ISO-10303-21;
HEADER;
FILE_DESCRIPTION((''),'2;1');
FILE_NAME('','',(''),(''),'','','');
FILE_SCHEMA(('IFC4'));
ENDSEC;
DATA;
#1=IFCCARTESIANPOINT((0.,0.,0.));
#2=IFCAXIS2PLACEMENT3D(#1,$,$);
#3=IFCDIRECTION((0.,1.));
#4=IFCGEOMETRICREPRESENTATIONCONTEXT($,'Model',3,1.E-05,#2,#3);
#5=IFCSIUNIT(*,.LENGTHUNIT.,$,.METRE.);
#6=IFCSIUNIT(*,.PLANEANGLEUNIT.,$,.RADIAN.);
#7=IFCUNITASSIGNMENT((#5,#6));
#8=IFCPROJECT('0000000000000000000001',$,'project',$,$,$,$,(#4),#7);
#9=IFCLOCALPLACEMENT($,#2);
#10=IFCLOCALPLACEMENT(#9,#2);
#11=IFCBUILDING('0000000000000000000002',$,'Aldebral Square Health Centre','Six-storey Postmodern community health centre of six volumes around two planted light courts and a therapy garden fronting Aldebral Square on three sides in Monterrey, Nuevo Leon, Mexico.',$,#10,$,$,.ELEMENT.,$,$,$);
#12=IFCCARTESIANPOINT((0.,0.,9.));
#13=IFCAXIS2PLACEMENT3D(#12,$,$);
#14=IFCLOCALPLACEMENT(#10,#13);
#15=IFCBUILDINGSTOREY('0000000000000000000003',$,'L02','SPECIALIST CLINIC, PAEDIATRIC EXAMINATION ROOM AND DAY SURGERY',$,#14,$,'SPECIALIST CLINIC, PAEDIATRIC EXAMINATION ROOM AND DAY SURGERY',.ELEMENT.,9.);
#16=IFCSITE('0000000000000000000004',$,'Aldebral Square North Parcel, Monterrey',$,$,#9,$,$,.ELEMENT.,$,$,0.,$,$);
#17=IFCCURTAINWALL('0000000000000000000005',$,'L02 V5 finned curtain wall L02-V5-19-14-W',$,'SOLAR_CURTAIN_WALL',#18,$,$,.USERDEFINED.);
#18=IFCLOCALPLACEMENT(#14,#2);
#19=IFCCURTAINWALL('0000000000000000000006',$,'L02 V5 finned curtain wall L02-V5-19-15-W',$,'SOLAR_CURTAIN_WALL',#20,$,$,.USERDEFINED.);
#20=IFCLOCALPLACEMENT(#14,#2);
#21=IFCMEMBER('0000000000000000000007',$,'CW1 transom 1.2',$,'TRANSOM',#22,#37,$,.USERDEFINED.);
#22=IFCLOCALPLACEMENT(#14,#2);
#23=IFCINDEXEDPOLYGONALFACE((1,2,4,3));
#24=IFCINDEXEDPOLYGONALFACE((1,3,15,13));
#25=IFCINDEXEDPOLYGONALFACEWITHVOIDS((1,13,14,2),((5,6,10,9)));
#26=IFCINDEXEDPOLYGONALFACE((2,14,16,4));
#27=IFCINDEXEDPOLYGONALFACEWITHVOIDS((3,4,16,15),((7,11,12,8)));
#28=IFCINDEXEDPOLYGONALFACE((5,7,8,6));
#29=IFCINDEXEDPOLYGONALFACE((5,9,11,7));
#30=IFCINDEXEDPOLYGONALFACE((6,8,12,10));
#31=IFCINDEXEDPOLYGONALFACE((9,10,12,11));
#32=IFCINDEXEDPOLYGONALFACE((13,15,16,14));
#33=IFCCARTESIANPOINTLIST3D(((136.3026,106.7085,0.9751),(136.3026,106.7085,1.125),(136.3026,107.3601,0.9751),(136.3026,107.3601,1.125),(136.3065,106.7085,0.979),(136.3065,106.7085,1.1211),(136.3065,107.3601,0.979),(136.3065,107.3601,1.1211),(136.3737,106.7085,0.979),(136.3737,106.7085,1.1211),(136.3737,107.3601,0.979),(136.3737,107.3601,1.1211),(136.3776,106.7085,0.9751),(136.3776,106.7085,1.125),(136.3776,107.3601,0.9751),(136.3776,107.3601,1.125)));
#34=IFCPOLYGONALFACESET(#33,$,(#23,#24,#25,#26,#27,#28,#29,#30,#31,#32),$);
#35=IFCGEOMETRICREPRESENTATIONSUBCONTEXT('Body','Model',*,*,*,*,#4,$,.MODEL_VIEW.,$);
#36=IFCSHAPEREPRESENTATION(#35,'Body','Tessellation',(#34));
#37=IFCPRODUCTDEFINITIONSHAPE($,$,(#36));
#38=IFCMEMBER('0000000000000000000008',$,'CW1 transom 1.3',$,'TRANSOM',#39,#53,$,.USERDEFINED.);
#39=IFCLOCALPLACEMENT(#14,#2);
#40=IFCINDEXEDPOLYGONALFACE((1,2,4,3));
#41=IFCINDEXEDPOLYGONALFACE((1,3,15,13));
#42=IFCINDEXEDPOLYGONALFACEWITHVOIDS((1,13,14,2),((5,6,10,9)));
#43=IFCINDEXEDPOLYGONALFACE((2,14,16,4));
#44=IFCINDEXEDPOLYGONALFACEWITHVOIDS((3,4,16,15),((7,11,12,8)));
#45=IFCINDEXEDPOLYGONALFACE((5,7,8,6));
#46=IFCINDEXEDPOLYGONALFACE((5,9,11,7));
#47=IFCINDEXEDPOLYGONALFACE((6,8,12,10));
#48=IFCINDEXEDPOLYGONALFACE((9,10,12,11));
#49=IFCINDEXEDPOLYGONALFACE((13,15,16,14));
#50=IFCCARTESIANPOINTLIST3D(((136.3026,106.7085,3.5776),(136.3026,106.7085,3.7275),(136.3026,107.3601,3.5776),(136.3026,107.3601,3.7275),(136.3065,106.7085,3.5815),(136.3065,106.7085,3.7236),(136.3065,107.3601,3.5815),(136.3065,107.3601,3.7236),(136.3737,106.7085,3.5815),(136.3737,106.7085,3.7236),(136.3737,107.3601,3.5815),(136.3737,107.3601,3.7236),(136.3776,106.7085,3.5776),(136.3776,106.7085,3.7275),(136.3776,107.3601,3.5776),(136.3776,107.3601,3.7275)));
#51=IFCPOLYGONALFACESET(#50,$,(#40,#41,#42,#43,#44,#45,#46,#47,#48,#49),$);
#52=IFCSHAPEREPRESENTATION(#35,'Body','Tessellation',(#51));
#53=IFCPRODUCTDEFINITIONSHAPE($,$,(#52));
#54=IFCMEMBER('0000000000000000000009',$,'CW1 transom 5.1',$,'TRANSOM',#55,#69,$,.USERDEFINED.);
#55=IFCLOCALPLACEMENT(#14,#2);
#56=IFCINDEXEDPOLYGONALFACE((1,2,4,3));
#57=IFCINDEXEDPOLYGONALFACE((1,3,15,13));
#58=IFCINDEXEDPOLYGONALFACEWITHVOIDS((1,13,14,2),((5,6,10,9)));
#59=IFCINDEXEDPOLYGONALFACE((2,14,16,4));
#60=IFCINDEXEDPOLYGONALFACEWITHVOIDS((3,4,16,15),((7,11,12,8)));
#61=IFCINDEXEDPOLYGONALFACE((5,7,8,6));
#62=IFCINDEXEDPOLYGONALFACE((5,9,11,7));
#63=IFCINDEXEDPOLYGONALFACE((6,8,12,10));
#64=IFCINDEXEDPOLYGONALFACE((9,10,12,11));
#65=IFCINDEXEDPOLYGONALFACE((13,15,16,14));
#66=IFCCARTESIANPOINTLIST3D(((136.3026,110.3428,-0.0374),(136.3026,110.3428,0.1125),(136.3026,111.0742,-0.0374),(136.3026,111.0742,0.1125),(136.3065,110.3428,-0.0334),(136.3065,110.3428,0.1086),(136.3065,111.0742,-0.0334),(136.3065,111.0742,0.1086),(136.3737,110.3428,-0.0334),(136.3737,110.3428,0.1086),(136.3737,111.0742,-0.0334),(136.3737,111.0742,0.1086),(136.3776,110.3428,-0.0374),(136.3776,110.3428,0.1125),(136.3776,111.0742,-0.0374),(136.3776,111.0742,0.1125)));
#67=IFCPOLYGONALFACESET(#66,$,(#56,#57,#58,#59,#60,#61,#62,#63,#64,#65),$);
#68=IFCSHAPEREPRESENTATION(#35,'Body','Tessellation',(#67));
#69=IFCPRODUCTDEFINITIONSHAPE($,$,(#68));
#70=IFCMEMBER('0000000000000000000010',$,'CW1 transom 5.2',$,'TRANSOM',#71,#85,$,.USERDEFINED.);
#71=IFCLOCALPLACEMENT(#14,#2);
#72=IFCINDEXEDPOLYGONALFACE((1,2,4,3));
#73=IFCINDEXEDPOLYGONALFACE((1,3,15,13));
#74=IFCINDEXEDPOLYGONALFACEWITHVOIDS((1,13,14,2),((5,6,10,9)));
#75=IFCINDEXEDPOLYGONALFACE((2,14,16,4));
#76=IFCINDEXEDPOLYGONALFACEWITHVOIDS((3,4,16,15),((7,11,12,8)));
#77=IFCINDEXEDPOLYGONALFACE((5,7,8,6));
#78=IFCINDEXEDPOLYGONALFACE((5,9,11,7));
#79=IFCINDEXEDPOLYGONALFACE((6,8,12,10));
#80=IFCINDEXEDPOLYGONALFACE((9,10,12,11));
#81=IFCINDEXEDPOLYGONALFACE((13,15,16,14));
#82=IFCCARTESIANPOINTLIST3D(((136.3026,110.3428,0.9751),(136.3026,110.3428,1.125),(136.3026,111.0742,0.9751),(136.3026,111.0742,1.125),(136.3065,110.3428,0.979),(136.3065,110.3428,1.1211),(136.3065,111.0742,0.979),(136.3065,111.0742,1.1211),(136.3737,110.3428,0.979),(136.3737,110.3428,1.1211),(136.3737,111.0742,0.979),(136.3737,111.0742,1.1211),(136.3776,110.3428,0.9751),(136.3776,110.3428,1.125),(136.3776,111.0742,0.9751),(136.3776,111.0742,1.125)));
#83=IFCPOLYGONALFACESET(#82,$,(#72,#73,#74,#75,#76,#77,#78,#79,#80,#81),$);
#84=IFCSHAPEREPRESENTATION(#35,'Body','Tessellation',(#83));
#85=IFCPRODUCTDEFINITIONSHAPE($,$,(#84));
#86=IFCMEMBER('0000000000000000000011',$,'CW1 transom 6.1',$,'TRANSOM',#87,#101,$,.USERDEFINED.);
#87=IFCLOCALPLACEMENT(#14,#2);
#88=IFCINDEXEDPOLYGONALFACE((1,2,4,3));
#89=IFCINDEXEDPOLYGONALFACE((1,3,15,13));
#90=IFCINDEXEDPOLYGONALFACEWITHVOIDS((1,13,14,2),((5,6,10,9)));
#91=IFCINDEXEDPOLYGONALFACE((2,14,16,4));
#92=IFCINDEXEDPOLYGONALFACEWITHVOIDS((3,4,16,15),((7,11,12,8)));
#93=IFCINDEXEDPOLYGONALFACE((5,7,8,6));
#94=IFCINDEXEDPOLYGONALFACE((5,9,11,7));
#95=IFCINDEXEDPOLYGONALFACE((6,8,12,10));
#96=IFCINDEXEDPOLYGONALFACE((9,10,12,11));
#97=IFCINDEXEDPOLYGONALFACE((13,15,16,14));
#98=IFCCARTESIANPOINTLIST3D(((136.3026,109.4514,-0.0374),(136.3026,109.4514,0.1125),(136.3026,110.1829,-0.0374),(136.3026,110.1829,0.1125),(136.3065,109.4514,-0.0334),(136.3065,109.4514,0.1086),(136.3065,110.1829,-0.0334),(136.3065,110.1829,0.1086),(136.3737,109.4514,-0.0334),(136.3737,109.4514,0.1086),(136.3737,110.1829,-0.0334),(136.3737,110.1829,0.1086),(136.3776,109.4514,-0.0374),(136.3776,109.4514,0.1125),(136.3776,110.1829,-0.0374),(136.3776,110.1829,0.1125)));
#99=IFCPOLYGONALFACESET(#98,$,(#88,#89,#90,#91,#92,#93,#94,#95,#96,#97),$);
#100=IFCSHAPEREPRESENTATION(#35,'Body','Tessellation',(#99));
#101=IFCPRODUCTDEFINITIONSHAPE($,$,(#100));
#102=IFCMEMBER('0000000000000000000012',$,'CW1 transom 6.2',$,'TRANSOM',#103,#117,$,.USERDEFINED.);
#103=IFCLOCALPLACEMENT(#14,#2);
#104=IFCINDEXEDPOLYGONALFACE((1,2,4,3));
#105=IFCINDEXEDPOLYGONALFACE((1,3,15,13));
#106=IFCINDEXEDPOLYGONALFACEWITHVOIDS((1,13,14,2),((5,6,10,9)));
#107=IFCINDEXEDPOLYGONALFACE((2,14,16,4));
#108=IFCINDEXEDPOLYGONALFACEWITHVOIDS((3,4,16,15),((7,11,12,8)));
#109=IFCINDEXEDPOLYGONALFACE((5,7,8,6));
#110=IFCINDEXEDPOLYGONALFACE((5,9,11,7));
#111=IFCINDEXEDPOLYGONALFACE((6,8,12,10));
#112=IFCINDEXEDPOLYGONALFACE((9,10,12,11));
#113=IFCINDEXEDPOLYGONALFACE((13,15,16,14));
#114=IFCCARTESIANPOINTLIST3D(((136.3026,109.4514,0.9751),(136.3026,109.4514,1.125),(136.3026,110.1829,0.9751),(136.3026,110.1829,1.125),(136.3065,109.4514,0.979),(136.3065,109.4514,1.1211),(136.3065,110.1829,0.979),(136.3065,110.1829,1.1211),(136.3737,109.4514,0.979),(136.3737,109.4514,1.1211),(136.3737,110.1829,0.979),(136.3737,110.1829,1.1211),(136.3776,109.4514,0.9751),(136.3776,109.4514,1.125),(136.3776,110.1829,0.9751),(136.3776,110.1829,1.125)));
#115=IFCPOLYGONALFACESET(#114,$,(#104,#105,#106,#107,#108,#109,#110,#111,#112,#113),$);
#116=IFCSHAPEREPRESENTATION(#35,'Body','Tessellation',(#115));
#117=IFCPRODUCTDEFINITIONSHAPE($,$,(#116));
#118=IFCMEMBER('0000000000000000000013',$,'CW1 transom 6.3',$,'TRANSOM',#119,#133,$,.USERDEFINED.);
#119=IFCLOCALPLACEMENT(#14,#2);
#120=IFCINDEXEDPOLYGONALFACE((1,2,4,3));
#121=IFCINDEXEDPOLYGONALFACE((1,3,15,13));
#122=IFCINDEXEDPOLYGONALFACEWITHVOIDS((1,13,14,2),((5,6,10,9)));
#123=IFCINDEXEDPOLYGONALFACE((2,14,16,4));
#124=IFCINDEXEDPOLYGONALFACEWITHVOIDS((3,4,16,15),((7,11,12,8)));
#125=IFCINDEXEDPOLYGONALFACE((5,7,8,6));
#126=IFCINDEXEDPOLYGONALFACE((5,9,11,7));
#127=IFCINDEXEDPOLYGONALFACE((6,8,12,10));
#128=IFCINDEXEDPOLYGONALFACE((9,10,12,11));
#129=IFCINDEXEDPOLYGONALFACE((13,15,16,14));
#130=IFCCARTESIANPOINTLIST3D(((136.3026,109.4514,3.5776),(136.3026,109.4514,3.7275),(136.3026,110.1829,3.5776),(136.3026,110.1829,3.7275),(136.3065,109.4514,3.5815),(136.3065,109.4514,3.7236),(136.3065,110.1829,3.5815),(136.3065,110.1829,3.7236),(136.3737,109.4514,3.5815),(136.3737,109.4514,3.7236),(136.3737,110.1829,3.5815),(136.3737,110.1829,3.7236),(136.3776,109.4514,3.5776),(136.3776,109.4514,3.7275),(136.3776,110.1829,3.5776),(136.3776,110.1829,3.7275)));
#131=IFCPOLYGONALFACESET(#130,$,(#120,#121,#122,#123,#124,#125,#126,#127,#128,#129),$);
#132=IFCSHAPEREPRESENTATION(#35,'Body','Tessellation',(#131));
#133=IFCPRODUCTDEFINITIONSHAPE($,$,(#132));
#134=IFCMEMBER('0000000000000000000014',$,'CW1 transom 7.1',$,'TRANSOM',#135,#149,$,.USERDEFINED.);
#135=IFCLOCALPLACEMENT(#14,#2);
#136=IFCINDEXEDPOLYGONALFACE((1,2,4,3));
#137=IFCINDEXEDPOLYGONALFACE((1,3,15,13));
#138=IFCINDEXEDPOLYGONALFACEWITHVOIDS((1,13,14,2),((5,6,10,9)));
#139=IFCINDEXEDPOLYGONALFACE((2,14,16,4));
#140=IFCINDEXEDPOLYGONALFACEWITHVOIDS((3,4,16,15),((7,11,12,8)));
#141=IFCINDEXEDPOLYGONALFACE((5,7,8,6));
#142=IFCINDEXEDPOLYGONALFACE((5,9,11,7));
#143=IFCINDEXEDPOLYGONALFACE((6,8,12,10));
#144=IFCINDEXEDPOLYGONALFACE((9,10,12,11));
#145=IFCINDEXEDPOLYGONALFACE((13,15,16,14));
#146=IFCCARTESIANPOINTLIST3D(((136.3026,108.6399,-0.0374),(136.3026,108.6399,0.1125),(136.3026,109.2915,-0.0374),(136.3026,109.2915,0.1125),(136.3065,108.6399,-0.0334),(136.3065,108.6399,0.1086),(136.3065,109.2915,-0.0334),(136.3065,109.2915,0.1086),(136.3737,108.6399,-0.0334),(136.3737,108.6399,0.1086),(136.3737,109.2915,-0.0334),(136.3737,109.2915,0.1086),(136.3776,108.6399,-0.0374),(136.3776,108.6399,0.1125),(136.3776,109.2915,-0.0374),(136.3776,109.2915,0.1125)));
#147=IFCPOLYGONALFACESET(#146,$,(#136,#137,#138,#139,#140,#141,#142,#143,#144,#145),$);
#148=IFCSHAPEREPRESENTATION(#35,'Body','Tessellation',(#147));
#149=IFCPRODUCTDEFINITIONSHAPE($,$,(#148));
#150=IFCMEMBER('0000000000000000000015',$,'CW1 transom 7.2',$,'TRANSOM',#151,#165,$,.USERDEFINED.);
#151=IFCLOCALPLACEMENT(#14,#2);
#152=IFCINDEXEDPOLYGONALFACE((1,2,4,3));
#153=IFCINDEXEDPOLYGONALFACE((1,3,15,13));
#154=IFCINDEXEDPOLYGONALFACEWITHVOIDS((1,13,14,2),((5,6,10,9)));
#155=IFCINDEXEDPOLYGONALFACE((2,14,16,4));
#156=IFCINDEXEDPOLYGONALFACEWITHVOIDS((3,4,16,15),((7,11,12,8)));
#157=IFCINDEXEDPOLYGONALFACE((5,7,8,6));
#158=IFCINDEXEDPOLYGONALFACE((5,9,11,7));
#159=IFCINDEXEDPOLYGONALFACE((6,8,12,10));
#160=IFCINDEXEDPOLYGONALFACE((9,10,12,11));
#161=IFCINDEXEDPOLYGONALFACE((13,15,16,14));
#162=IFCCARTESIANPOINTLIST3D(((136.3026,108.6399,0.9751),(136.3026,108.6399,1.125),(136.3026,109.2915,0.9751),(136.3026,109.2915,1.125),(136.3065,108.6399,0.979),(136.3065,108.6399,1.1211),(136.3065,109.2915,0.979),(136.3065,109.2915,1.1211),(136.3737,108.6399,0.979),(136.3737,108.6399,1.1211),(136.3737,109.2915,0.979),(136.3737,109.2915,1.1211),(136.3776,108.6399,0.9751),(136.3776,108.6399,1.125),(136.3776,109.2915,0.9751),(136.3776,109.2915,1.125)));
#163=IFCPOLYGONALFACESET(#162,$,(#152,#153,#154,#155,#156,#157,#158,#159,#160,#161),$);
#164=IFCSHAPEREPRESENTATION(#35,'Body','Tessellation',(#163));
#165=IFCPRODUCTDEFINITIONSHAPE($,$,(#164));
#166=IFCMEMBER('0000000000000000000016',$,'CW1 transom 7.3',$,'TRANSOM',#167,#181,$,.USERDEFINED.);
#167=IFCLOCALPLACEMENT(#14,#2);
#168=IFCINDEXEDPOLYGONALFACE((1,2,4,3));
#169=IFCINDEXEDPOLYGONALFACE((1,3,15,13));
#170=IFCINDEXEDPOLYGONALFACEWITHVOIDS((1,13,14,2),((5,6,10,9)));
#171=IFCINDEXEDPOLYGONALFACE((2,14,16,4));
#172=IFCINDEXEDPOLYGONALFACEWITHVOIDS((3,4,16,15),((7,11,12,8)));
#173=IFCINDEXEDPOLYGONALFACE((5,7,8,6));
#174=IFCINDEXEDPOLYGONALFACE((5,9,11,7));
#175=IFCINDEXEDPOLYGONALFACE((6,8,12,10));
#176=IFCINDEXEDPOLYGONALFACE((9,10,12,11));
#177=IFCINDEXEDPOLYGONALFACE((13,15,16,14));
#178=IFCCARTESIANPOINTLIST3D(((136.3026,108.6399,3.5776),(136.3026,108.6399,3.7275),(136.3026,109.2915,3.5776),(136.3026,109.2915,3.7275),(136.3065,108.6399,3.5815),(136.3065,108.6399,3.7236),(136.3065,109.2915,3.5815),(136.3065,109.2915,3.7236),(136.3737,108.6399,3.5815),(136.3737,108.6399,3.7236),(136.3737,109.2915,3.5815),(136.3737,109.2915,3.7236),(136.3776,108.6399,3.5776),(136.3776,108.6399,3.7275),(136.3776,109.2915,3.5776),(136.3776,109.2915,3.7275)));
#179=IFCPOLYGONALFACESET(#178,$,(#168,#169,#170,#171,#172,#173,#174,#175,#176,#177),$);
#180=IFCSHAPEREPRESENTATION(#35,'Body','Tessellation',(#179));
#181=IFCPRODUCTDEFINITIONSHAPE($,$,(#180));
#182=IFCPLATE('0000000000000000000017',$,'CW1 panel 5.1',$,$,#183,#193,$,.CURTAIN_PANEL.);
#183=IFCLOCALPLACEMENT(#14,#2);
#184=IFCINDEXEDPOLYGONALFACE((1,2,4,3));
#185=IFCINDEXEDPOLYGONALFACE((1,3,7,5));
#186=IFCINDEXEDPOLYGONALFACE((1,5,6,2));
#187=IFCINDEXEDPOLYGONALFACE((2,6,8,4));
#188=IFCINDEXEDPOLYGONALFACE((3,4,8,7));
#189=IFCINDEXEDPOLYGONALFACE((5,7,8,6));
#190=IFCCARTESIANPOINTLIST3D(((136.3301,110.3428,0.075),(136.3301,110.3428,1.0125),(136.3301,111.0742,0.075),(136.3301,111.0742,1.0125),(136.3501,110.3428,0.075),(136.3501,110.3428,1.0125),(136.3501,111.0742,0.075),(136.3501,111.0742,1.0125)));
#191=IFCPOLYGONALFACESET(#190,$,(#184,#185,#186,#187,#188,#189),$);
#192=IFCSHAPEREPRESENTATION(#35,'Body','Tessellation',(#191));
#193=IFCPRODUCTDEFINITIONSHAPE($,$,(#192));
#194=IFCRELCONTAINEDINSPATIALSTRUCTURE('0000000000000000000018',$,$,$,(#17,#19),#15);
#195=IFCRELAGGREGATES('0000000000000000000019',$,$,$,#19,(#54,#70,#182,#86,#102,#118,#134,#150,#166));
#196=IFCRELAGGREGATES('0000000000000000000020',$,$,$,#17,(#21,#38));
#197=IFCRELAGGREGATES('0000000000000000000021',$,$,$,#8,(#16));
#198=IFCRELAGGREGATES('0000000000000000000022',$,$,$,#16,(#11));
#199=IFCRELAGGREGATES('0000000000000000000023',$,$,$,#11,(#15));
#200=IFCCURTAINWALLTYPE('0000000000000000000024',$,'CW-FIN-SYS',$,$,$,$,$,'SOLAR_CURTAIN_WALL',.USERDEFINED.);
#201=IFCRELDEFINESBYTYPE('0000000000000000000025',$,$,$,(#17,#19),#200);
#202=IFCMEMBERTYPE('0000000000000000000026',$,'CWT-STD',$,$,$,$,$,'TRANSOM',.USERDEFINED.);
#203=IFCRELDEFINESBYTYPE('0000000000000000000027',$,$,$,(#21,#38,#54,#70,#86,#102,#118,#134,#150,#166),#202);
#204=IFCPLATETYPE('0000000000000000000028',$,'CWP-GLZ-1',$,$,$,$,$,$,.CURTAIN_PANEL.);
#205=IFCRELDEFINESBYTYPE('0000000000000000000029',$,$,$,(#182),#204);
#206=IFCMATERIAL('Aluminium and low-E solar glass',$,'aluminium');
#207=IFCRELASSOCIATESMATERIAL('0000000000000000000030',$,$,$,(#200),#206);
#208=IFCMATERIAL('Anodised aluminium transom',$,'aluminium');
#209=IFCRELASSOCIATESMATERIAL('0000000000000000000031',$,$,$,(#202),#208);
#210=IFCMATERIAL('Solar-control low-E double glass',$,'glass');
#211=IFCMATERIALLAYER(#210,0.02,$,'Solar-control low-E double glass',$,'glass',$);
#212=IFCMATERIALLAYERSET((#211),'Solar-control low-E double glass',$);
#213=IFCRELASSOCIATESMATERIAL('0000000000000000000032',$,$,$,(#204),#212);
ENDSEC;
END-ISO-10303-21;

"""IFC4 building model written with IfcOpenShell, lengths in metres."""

from ifc_helpers import new_model, si_unit, direction, frame, origin, origin_2d, place, context, subcontext, project, spatial, rectangle, hollow_rectangle, extrude, material, layer, layer_set, material_profile, profile_set, type_object, element, aggregate, save


model = new_model("IFC4")

# Units and contexts
model_context = context("Model", 3, precision=1e-05, world=origin(), true_north=direction((0.0, 1.0)))
body_context = subcontext(model_context, "Body", "Model", "MODEL_VIEW")
ifc_project = project(units=[si_unit("LENGTHUNIT", "METRE"), si_unit("PLANEANGLEUNIT", "RADIAN")], contexts=[model_context])

# Site, building, storey
site_placement = place(None, origin())
site = spatial("IfcSite", under=ifc_project, at=site_placement, Name="Aldebral Square North Parcel, Monterrey", CompositionType="ELEMENT", RefElevation=0.0)
building_placement = place(site_placement, origin())
building = spatial("IfcBuilding", under=site, at=building_placement, Name="Aldebral Square Health Centre", Description="Six-storey Postmodern community health centre of six volumes around two planted light courts and a therapy garden fronting Aldebral Square on three sides in Monterrey, Nuevo Leon, Mexico.", CompositionType="ELEMENT")
storey_placement = place(building_placement, frame((0.0, 0.0, 9.0)))
storey = spatial("IfcBuildingStorey", under=building, at=storey_placement, Name="L02", Description="SPECIALIST CLINIC, PAEDIATRIC EXAMINATION ROOM AND DAY SURGERY", LongName="SPECIALIST CLINIC, PAEDIATRIC EXAMINATION ROOM AND DAY SURGERY", CompositionType="ELEMENT", Elevation=9.0)

# Curtain walls
ifc_material_1 = material(Name="Aluminium and low-E solar glass", Category="aluminium")
curtain_wall_type = type_object("IfcCurtainWallType", Name="CW-FIN-SYS", ElementType="SOLAR_CURTAIN_WALL", PredefinedType="USERDEFINED", material=ifc_material_1)
curtain_wall_1_placement = place(storey_placement, origin())
curtain_wall_1 = element("IfcCurtainWall", 1, at=curtain_wall_1_placement, inside=storey, type_object=curtain_wall_type, Name="L02 V5 finned curtain wall L02-V5-19-14-W", ObjectType="SOLAR_CURTAIN_WALL", PredefinedType="USERDEFINED")
curtain_wall_2_placement = place(storey_placement, origin())
curtain_wall_2 = element("IfcCurtainWall", 2, at=curtain_wall_2_placement, inside=storey, type_object=curtain_wall_type, Name="L02 V5 finned curtain wall L02-V5-19-15-W", ObjectType="SOLAR_CURTAIN_WALL", PredefinedType="USERDEFINED")

# Members
ifc_material_2 = material(Name="Anodised aluminium transom", Category="aluminium")
ifc_material_profile_1 = material_profile(ifc_material_2, hollow_rectangle(XDim=0.075, YDim=0.1499, WallThickness=0.0039, at=origin_2d()), Name="CWT 75x150x4")
ifc_profile_set_1 = profile_set([ifc_material_profile_1], Name="Anodised aluminium transom")
member_type_1 = type_object("IfcMemberType", Name="CWT-STD", ElementType="TRANSOM", PredefinedType="USERDEFINED", material=ifc_profile_set_1)
member_1_placement = place(storey_placement, frame((136.3401, 107.3601, 1.05), z_axis=(0.0, -1.0, 0.0), x_axis=(1.0, 0.0, 0.0)))
member_1 = element("IfcMember", 3, at=member_1_placement, type_object=member_type_1, Name="CW1 transom 1.2", ObjectType="TRANSOM", PredefinedType="USERDEFINED", context=body_context, shape_type="SweptSolid", body=[
    extrude(hollow_rectangle(XDim=0.075, YDim=0.1499, WallThickness=0.0039, at=origin_2d()), origin(), (0.0, 0.0, 1.0), 0.6516),
])
member_2_placement = place(storey_placement, frame((136.3401, 107.3601, 3.6526), z_axis=(0.0, -1.0, 0.0), x_axis=(1.0, 0.0, 0.0)))
member_2 = element("IfcMember", 4, at=member_2_placement, type_object=member_type_1, Name="CW1 transom 1.3", ObjectType="TRANSOM", PredefinedType="USERDEFINED", context=body_context, shape_type="SweptSolid", body=[
    extrude(hollow_rectangle(XDim=0.075, YDim=0.1499, WallThickness=0.0039, at=origin_2d()), origin(), (0.0, 0.0, 1.0), 0.6516),
])
member_3_placement = place(storey_placement, frame((136.3401, 111.0742, 0.0376), z_axis=(0.0, -1.0, 0.0), x_axis=(1.0, 0.0, 0.0)))
member_3 = element("IfcMember", 5, at=member_3_placement, type_object=member_type_1, Name="CW1 transom 5.1", ObjectType="TRANSOM", PredefinedType="USERDEFINED", context=body_context, shape_type="SweptSolid", body=[
    extrude(hollow_rectangle(XDim=0.075, YDim=0.1499, WallThickness=0.0039, at=origin_2d()), origin(), (0.0, 0.0, 1.0), 0.7314),
])
member_4_placement = place(storey_placement, frame((136.3401, 111.0742, 1.05), z_axis=(0.0, -1.0, 0.0), x_axis=(1.0, 0.0, 0.0)))
member_4 = element("IfcMember", 6, at=member_4_placement, type_object=member_type_1, Name="CW1 transom 5.2", ObjectType="TRANSOM", PredefinedType="USERDEFINED", context=body_context, shape_type="SweptSolid", body=[
    extrude(hollow_rectangle(XDim=0.075, YDim=0.1499, WallThickness=0.0039, at=origin_2d()), origin(), (0.0, 0.0, 1.0), 0.7314),
])
member_5_placement = place(storey_placement, frame((136.3401, 110.1829, 0.0376), z_axis=(0.0, -1.0, 0.0), x_axis=(1.0, 0.0, 0.0)))
member_5 = element("IfcMember", 7, at=member_5_placement, type_object=member_type_1, Name="CW1 transom 6.1", ObjectType="TRANSOM", PredefinedType="USERDEFINED", context=body_context, shape_type="SweptSolid", body=[
    extrude(hollow_rectangle(XDim=0.075, YDim=0.1499, WallThickness=0.0039, at=origin_2d()), origin(), (0.0, 0.0, 1.0), 0.7314),
])
member_6_placement = place(storey_placement, frame((136.3401, 110.1829, 1.05), z_axis=(0.0, -1.0, 0.0), x_axis=(1.0, 0.0, 0.0)))
member_6 = element("IfcMember", 8, at=member_6_placement, type_object=member_type_1, Name="CW1 transom 6.2", ObjectType="TRANSOM", PredefinedType="USERDEFINED", context=body_context, shape_type="SweptSolid", body=[
    extrude(hollow_rectangle(XDim=0.075, YDim=0.1499, WallThickness=0.0039, at=origin_2d()), origin(), (0.0, 0.0, 1.0), 0.7314),
])
member_7_placement = place(storey_placement, frame((136.3401, 110.1829, 3.6526), z_axis=(0.0, -1.0, 0.0), x_axis=(1.0, 0.0, 0.0)))
member_7 = element("IfcMember", 9, at=member_7_placement, type_object=member_type_1, Name="CW1 transom 6.3", ObjectType="TRANSOM", PredefinedType="USERDEFINED", context=body_context, shape_type="SweptSolid", body=[
    extrude(hollow_rectangle(XDim=0.075, YDim=0.1499, WallThickness=0.0039, at=origin_2d()), origin(), (0.0, 0.0, 1.0), 0.7314),
])
member_8_placement = place(storey_placement, frame((136.3401, 109.2915, 0.0376), z_axis=(0.0, -1.0, 0.0), x_axis=(1.0, 0.0, 0.0)))
member_8 = element("IfcMember", 10, at=member_8_placement, type_object=member_type_1, Name="CW1 transom 7.1", ObjectType="TRANSOM", PredefinedType="USERDEFINED", context=body_context, shape_type="SweptSolid", body=[
    extrude(hollow_rectangle(XDim=0.075, YDim=0.1499, WallThickness=0.0039, at=origin_2d()), origin(), (0.0, 0.0, 1.0), 0.6516),
])
member_9_placement = place(storey_placement, frame((136.3401, 109.2915, 1.05), z_axis=(0.0, -1.0, 0.0), x_axis=(1.0, 0.0, 0.0)))
member_9 = element("IfcMember", 11, at=member_9_placement, type_object=member_type_1, Name="CW1 transom 7.2", ObjectType="TRANSOM", PredefinedType="USERDEFINED", context=body_context, shape_type="SweptSolid", body=[
    extrude(hollow_rectangle(XDim=0.075, YDim=0.1499, WallThickness=0.0039, at=origin_2d()), origin(), (0.0, 0.0, 1.0), 0.6516),
])
member_10_placement = place(storey_placement, frame((136.3401, 109.2915, 3.6526), z_axis=(0.0, -1.0, 0.0), x_axis=(1.0, 0.0, 0.0)))
member_10 = element("IfcMember", 12, at=member_10_placement, type_object=member_type_1, Name="CW1 transom 7.3", ObjectType="TRANSOM", PredefinedType="USERDEFINED", context=body_context, shape_type="SweptSolid", body=[
    extrude(hollow_rectangle(XDim=0.075, YDim=0.1499, WallThickness=0.0039, at=origin_2d()), origin(), (0.0, 0.0, 1.0), 0.6516),
])

# Plate
ifc_material_3 = material(Name="Solar-control low-E double glass", Category="glass")
ifc_layer_1 = layer(ifc_material_3, 0.02, Name="Solar-control low-E double glass", Category="glass")
ifc_layer_set_1 = layer_set([ifc_layer_1], Name="Solar-control low-E double glass")
plate_type_1 = type_object("IfcPlateType", Name="CWP-GLZ-1", PredefinedType="CURTAIN_PANEL", material=ifc_layer_set_1)
plate_1_placement = place(storey_placement, frame((136.3401, 110.7085, 0.075), z_axis=(0.0, 0.0, 1.0), x_axis=(0.0, -1.0, 0.0)))
plate_1 = element("IfcPlate", 13, at=plate_1_placement, type_object=plate_type_1, Name="CW1 panel 5.1", PredefinedType="CURTAIN_PANEL", context=body_context, shape_type="SweptSolid", body=[
    extrude(rectangle(XDim=0.7314, YDim=0.02, at=origin_2d()), origin(), (0.0, 0.0, 1.0), 0.9375),
])
aggregate(curtain_wall_2, [member_3, member_4, plate_1, member_5, member_6, member_7, member_8, member_9, member_10])
aggregate(curtain_wall_1, [member_1, member_2])

save(model, "model.ifc")
